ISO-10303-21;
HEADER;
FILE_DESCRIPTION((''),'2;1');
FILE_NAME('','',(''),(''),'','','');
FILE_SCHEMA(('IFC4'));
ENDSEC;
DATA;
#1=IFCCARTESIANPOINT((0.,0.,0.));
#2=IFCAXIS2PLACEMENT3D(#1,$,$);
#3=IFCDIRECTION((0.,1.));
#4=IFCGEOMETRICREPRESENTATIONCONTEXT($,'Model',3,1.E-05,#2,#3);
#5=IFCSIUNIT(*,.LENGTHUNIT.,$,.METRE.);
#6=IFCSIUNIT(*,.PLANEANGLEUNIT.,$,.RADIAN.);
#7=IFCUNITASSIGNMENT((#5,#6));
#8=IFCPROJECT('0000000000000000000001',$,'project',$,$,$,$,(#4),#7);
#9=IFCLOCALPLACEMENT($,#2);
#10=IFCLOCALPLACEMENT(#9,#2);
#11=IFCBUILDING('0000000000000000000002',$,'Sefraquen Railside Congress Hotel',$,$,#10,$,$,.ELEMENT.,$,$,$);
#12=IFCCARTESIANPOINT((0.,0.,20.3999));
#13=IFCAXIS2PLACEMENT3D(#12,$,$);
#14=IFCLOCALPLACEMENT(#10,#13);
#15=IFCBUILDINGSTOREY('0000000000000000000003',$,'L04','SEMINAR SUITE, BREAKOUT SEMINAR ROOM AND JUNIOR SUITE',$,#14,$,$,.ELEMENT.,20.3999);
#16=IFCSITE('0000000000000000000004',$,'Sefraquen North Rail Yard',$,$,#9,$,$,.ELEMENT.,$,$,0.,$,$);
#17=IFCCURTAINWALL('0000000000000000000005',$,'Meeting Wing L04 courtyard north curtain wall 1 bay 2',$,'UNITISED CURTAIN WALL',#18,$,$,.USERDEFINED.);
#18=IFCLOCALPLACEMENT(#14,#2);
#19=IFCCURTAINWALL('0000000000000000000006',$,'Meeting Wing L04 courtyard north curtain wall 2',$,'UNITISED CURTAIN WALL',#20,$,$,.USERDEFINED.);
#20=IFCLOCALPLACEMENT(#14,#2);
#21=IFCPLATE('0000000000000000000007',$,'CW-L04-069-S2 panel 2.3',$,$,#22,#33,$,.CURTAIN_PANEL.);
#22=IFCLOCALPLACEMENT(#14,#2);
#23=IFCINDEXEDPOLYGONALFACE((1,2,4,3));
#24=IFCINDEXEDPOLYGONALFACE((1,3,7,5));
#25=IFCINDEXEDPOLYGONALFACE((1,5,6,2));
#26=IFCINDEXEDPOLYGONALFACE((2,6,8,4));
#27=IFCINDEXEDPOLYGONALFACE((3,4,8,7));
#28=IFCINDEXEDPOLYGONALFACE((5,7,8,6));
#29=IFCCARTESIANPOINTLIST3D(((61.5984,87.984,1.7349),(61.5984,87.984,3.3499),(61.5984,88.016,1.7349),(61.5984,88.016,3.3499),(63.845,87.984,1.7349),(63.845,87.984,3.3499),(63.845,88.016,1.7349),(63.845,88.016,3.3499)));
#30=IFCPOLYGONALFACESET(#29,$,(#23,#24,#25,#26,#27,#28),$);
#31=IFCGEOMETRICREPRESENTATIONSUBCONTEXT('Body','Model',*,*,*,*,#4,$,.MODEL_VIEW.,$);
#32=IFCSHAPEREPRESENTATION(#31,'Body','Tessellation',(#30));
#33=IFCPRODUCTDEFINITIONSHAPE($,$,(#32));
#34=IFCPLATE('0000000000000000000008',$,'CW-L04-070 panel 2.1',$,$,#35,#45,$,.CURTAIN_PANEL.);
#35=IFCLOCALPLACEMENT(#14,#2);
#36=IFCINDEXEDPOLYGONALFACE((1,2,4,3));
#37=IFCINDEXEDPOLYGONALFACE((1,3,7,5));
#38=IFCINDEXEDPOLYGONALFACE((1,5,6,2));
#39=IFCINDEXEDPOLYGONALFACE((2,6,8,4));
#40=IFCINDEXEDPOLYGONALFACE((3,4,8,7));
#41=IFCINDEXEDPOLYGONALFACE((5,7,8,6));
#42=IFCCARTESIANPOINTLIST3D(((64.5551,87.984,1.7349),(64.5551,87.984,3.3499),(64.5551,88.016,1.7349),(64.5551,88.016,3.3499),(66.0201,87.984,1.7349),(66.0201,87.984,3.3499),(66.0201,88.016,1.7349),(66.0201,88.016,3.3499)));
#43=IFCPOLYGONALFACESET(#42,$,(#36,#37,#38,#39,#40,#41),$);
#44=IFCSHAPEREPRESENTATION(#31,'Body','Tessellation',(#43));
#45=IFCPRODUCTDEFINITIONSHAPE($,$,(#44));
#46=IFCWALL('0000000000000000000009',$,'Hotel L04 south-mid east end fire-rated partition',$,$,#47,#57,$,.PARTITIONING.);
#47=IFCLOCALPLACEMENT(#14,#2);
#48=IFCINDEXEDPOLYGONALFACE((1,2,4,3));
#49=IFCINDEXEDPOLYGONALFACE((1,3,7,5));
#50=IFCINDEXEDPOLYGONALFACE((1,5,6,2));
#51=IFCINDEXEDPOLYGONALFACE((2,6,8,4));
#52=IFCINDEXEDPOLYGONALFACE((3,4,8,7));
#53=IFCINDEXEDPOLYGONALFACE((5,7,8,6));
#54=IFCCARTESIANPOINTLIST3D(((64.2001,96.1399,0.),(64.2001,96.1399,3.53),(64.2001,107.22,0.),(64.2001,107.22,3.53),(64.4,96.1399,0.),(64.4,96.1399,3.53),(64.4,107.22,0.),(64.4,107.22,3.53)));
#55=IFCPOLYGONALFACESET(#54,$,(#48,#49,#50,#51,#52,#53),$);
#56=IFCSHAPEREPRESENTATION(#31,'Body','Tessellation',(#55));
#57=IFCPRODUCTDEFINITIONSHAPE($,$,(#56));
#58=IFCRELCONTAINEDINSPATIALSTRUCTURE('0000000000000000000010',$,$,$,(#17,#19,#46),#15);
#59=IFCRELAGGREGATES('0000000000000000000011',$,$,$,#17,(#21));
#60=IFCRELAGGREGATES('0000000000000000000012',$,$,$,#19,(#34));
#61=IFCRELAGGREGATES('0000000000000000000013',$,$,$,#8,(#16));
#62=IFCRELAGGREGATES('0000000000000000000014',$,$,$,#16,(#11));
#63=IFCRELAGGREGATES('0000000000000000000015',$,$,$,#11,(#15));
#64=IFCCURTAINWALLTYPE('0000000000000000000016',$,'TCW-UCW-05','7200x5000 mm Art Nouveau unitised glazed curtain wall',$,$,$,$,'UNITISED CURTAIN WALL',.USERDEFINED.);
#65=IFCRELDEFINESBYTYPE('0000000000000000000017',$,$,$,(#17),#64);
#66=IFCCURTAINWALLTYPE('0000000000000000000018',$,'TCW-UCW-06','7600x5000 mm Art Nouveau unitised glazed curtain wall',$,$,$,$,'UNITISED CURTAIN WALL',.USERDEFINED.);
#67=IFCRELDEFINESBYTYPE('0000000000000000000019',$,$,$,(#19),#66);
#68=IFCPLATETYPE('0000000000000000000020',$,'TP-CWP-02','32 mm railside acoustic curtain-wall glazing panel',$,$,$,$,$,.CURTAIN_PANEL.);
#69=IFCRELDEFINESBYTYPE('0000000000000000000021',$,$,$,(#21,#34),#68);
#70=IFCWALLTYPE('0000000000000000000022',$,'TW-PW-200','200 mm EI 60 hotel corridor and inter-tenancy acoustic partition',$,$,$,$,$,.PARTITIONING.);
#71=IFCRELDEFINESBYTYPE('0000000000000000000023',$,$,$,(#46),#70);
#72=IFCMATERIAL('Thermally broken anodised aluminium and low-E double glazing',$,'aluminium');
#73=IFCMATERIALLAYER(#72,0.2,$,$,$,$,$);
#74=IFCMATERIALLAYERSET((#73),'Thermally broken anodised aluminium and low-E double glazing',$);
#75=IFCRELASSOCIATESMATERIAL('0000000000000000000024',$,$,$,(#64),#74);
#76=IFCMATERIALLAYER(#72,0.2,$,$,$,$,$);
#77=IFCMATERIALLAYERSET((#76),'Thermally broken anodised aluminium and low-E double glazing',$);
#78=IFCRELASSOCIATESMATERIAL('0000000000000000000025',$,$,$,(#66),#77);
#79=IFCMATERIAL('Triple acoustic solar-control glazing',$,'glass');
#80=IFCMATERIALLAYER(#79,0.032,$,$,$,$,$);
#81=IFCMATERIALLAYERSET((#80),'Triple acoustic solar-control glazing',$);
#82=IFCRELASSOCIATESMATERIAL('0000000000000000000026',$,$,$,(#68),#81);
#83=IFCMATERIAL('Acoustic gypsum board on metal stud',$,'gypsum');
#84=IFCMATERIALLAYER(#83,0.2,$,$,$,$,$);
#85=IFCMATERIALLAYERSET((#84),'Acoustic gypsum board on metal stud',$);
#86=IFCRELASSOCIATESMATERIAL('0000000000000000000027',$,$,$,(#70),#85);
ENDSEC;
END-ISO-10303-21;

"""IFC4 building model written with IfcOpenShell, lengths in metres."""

from ifc_helpers import new_model, si_unit, direction, frame, frame_2d, origin, origin_2d, place, context, subcontext, project, spatial, rectangle, extrude, material, layer, layer_set, type_object, element, aggregate, save


model = new_model("IFC4")

# Units and contexts
model_context = context("Model", 3, precision=1e-05, world=origin(), true_north=direction((0.0, 1.0)))
body_context = subcontext(model_context, "Body", "Model", "MODEL_VIEW")
ifc_project = project(units=[si_unit("LENGTHUNIT", "METRE"), si_unit("PLANEANGLEUNIT", "RADIAN")], contexts=[model_context])

# Site, building, storey
site_placement = place(None, origin())
site = spatial("IfcSite", under=ifc_project, at=site_placement, Name="Sefraquen North Rail Yard", CompositionType="ELEMENT", RefElevation=0.0)
building_placement = place(site_placement, origin())
building = spatial("IfcBuilding", under=site, at=building_placement, Name="Sefraquen Railside Congress Hotel", CompositionType="ELEMENT")
storey_placement = place(building_placement, frame((0.0, 0.0, 20.3999)))
storey = spatial("IfcBuildingStorey", under=building, at=storey_placement, Name="L04", Description="SEMINAR SUITE, BREAKOUT SEMINAR ROOM AND JUNIOR SUITE", CompositionType="ELEMENT", Elevation=20.3999)

# Curtain wall
ifc_material_1 = material(Name="Thermally broken anodised aluminium and low-E double glazing", Category="aluminium")
ifc_layer_1 = layer(ifc_material_1, 0.2)
ifc_layer_set_1 = layer_set([ifc_layer_1], Name="Thermally broken anodised aluminium and low-E double glazing")
curtain_wall_type_1 = type_object("IfcCurtainWallType", Name="TCW-UCW-05", Description="7200x5000 mm Art Nouveau unitised glazed curtain wall", ElementType="UNITISED CURTAIN WALL", PredefinedType="USERDEFINED", material=ifc_layer_set_1)
curtain_wall_1_placement = place(storey_placement, origin())
curtain_wall_1 = element("IfcCurtainWall", 1, at=curtain_wall_1_placement, inside=storey, type_object=curtain_wall_type_1, Name="Meeting Wing L04 courtyard north curtain wall 1 bay 2", ObjectType="UNITISED CURTAIN WALL", PredefinedType="USERDEFINED")

# Curtain wall
ifc_layer_2 = layer(ifc_material_1, 0.2)
ifc_layer_set_2 = layer_set([ifc_layer_2], Name="Thermally broken anodised aluminium and low-E double glazing")
curtain_wall_type_2 = type_object("IfcCurtainWallType", Name="TCW-UCW-06", Description="7600x5000 mm Art Nouveau unitised glazed curtain wall", ElementType="UNITISED CURTAIN WALL", PredefinedType="USERDEFINED", material=ifc_layer_set_2)
curtain_wall_2_placement = place(storey_placement, origin())
curtain_wall_2 = element("IfcCurtainWall", 2, at=curtain_wall_2_placement, inside=storey, type_object=curtain_wall_type_2, Name="Meeting Wing L04 courtyard north curtain wall 2", ObjectType="UNITISED CURTAIN WALL", PredefinedType="USERDEFINED")

# Plates
ifc_material_2 = material(Name="Triple acoustic solar-control glazing", Category="glass")
ifc_layer_3 = layer(ifc_material_2, 0.032)
ifc_layer_set_3 = layer_set([ifc_layer_3], Name="Triple acoustic solar-control glazing")
plate_type_1 = type_object("IfcPlateType", Name="TP-CWP-02", Description="32 mm railside acoustic curtain-wall glazing panel", PredefinedType="CURTAIN_PANEL", material=ifc_layer_set_3)
plate_1_placement = place(storey_placement, frame((62.7217, 88.0, 1.7349), z_axis=(0.0, 0.0, 1.0), x_axis=(1.0, 0.0, 0.0)))
plate_1 = element("IfcPlate", 3, at=plate_1_placement, type_object=plate_type_1, Name="CW-L04-069-S2 panel 2.3", PredefinedType="CURTAIN_PANEL", context=body_context, shape_type="SweptSolid", body=[
    extrude(rectangle(XDim=2.2466, YDim=0.032, at=origin_2d()), origin(), (0.0, 0.0, 1.0), 1.615),
])
aggregate(curtain_wall_1, [plate_1])
plate_2_placement = place(storey_placement, frame((65.2876, 88.0, 1.7349), z_axis=(0.0, 0.0, 1.0), x_axis=(1.0, 0.0, 0.0)))
plate_2 = element("IfcPlate", 4, at=plate_2_placement, type_object=plate_type_1, Name="CW-L04-070 panel 2.1", PredefinedType="CURTAIN_PANEL", context=body_context, shape_type="SweptSolid", body=[
    extrude(rectangle(XDim=1.4651, YDim=0.032, at=origin_2d()), origin(), (0.0, 0.0, 1.0), 1.615),
])
aggregate(curtain_wall_2, [plate_2])

# Wall
ifc_material_3 = material(Name="Acoustic gypsum board on metal stud", Category="gypsum")
ifc_layer_4 = layer(ifc_material_3, 0.2)
ifc_layer_set_4 = layer_set([ifc_layer_4], Name="Acoustic gypsum board on metal stud")
wall_type = type_object("IfcWallType", Name="TW-PW-200", Description="200 mm EI 60 hotel corridor and inter-tenancy acoustic partition", PredefinedType="PARTITIONING", material=ifc_layer_set_4)
wall_placement = place(storey_placement, frame((64.3, 96.1399, 0.0), z_axis=(0.0, 0.0, 1.0), x_axis=(0.0, 1.0, 0.0)))
element("IfcWall", 5, at=wall_placement, inside=storey, type_object=wall_type, Name="Hotel L04 south-mid east end fire-rated partition", PredefinedType="PARTITIONING", context=body_context, shape_type="SweptSolid", body=[
    extrude(rectangle(XDim=11.0801, YDim=0.2, at=frame_2d((5.54, 0.0))), origin(), (0.0, 0.0, 1.0), 3.53),
])

save(model, "model.ifc")
